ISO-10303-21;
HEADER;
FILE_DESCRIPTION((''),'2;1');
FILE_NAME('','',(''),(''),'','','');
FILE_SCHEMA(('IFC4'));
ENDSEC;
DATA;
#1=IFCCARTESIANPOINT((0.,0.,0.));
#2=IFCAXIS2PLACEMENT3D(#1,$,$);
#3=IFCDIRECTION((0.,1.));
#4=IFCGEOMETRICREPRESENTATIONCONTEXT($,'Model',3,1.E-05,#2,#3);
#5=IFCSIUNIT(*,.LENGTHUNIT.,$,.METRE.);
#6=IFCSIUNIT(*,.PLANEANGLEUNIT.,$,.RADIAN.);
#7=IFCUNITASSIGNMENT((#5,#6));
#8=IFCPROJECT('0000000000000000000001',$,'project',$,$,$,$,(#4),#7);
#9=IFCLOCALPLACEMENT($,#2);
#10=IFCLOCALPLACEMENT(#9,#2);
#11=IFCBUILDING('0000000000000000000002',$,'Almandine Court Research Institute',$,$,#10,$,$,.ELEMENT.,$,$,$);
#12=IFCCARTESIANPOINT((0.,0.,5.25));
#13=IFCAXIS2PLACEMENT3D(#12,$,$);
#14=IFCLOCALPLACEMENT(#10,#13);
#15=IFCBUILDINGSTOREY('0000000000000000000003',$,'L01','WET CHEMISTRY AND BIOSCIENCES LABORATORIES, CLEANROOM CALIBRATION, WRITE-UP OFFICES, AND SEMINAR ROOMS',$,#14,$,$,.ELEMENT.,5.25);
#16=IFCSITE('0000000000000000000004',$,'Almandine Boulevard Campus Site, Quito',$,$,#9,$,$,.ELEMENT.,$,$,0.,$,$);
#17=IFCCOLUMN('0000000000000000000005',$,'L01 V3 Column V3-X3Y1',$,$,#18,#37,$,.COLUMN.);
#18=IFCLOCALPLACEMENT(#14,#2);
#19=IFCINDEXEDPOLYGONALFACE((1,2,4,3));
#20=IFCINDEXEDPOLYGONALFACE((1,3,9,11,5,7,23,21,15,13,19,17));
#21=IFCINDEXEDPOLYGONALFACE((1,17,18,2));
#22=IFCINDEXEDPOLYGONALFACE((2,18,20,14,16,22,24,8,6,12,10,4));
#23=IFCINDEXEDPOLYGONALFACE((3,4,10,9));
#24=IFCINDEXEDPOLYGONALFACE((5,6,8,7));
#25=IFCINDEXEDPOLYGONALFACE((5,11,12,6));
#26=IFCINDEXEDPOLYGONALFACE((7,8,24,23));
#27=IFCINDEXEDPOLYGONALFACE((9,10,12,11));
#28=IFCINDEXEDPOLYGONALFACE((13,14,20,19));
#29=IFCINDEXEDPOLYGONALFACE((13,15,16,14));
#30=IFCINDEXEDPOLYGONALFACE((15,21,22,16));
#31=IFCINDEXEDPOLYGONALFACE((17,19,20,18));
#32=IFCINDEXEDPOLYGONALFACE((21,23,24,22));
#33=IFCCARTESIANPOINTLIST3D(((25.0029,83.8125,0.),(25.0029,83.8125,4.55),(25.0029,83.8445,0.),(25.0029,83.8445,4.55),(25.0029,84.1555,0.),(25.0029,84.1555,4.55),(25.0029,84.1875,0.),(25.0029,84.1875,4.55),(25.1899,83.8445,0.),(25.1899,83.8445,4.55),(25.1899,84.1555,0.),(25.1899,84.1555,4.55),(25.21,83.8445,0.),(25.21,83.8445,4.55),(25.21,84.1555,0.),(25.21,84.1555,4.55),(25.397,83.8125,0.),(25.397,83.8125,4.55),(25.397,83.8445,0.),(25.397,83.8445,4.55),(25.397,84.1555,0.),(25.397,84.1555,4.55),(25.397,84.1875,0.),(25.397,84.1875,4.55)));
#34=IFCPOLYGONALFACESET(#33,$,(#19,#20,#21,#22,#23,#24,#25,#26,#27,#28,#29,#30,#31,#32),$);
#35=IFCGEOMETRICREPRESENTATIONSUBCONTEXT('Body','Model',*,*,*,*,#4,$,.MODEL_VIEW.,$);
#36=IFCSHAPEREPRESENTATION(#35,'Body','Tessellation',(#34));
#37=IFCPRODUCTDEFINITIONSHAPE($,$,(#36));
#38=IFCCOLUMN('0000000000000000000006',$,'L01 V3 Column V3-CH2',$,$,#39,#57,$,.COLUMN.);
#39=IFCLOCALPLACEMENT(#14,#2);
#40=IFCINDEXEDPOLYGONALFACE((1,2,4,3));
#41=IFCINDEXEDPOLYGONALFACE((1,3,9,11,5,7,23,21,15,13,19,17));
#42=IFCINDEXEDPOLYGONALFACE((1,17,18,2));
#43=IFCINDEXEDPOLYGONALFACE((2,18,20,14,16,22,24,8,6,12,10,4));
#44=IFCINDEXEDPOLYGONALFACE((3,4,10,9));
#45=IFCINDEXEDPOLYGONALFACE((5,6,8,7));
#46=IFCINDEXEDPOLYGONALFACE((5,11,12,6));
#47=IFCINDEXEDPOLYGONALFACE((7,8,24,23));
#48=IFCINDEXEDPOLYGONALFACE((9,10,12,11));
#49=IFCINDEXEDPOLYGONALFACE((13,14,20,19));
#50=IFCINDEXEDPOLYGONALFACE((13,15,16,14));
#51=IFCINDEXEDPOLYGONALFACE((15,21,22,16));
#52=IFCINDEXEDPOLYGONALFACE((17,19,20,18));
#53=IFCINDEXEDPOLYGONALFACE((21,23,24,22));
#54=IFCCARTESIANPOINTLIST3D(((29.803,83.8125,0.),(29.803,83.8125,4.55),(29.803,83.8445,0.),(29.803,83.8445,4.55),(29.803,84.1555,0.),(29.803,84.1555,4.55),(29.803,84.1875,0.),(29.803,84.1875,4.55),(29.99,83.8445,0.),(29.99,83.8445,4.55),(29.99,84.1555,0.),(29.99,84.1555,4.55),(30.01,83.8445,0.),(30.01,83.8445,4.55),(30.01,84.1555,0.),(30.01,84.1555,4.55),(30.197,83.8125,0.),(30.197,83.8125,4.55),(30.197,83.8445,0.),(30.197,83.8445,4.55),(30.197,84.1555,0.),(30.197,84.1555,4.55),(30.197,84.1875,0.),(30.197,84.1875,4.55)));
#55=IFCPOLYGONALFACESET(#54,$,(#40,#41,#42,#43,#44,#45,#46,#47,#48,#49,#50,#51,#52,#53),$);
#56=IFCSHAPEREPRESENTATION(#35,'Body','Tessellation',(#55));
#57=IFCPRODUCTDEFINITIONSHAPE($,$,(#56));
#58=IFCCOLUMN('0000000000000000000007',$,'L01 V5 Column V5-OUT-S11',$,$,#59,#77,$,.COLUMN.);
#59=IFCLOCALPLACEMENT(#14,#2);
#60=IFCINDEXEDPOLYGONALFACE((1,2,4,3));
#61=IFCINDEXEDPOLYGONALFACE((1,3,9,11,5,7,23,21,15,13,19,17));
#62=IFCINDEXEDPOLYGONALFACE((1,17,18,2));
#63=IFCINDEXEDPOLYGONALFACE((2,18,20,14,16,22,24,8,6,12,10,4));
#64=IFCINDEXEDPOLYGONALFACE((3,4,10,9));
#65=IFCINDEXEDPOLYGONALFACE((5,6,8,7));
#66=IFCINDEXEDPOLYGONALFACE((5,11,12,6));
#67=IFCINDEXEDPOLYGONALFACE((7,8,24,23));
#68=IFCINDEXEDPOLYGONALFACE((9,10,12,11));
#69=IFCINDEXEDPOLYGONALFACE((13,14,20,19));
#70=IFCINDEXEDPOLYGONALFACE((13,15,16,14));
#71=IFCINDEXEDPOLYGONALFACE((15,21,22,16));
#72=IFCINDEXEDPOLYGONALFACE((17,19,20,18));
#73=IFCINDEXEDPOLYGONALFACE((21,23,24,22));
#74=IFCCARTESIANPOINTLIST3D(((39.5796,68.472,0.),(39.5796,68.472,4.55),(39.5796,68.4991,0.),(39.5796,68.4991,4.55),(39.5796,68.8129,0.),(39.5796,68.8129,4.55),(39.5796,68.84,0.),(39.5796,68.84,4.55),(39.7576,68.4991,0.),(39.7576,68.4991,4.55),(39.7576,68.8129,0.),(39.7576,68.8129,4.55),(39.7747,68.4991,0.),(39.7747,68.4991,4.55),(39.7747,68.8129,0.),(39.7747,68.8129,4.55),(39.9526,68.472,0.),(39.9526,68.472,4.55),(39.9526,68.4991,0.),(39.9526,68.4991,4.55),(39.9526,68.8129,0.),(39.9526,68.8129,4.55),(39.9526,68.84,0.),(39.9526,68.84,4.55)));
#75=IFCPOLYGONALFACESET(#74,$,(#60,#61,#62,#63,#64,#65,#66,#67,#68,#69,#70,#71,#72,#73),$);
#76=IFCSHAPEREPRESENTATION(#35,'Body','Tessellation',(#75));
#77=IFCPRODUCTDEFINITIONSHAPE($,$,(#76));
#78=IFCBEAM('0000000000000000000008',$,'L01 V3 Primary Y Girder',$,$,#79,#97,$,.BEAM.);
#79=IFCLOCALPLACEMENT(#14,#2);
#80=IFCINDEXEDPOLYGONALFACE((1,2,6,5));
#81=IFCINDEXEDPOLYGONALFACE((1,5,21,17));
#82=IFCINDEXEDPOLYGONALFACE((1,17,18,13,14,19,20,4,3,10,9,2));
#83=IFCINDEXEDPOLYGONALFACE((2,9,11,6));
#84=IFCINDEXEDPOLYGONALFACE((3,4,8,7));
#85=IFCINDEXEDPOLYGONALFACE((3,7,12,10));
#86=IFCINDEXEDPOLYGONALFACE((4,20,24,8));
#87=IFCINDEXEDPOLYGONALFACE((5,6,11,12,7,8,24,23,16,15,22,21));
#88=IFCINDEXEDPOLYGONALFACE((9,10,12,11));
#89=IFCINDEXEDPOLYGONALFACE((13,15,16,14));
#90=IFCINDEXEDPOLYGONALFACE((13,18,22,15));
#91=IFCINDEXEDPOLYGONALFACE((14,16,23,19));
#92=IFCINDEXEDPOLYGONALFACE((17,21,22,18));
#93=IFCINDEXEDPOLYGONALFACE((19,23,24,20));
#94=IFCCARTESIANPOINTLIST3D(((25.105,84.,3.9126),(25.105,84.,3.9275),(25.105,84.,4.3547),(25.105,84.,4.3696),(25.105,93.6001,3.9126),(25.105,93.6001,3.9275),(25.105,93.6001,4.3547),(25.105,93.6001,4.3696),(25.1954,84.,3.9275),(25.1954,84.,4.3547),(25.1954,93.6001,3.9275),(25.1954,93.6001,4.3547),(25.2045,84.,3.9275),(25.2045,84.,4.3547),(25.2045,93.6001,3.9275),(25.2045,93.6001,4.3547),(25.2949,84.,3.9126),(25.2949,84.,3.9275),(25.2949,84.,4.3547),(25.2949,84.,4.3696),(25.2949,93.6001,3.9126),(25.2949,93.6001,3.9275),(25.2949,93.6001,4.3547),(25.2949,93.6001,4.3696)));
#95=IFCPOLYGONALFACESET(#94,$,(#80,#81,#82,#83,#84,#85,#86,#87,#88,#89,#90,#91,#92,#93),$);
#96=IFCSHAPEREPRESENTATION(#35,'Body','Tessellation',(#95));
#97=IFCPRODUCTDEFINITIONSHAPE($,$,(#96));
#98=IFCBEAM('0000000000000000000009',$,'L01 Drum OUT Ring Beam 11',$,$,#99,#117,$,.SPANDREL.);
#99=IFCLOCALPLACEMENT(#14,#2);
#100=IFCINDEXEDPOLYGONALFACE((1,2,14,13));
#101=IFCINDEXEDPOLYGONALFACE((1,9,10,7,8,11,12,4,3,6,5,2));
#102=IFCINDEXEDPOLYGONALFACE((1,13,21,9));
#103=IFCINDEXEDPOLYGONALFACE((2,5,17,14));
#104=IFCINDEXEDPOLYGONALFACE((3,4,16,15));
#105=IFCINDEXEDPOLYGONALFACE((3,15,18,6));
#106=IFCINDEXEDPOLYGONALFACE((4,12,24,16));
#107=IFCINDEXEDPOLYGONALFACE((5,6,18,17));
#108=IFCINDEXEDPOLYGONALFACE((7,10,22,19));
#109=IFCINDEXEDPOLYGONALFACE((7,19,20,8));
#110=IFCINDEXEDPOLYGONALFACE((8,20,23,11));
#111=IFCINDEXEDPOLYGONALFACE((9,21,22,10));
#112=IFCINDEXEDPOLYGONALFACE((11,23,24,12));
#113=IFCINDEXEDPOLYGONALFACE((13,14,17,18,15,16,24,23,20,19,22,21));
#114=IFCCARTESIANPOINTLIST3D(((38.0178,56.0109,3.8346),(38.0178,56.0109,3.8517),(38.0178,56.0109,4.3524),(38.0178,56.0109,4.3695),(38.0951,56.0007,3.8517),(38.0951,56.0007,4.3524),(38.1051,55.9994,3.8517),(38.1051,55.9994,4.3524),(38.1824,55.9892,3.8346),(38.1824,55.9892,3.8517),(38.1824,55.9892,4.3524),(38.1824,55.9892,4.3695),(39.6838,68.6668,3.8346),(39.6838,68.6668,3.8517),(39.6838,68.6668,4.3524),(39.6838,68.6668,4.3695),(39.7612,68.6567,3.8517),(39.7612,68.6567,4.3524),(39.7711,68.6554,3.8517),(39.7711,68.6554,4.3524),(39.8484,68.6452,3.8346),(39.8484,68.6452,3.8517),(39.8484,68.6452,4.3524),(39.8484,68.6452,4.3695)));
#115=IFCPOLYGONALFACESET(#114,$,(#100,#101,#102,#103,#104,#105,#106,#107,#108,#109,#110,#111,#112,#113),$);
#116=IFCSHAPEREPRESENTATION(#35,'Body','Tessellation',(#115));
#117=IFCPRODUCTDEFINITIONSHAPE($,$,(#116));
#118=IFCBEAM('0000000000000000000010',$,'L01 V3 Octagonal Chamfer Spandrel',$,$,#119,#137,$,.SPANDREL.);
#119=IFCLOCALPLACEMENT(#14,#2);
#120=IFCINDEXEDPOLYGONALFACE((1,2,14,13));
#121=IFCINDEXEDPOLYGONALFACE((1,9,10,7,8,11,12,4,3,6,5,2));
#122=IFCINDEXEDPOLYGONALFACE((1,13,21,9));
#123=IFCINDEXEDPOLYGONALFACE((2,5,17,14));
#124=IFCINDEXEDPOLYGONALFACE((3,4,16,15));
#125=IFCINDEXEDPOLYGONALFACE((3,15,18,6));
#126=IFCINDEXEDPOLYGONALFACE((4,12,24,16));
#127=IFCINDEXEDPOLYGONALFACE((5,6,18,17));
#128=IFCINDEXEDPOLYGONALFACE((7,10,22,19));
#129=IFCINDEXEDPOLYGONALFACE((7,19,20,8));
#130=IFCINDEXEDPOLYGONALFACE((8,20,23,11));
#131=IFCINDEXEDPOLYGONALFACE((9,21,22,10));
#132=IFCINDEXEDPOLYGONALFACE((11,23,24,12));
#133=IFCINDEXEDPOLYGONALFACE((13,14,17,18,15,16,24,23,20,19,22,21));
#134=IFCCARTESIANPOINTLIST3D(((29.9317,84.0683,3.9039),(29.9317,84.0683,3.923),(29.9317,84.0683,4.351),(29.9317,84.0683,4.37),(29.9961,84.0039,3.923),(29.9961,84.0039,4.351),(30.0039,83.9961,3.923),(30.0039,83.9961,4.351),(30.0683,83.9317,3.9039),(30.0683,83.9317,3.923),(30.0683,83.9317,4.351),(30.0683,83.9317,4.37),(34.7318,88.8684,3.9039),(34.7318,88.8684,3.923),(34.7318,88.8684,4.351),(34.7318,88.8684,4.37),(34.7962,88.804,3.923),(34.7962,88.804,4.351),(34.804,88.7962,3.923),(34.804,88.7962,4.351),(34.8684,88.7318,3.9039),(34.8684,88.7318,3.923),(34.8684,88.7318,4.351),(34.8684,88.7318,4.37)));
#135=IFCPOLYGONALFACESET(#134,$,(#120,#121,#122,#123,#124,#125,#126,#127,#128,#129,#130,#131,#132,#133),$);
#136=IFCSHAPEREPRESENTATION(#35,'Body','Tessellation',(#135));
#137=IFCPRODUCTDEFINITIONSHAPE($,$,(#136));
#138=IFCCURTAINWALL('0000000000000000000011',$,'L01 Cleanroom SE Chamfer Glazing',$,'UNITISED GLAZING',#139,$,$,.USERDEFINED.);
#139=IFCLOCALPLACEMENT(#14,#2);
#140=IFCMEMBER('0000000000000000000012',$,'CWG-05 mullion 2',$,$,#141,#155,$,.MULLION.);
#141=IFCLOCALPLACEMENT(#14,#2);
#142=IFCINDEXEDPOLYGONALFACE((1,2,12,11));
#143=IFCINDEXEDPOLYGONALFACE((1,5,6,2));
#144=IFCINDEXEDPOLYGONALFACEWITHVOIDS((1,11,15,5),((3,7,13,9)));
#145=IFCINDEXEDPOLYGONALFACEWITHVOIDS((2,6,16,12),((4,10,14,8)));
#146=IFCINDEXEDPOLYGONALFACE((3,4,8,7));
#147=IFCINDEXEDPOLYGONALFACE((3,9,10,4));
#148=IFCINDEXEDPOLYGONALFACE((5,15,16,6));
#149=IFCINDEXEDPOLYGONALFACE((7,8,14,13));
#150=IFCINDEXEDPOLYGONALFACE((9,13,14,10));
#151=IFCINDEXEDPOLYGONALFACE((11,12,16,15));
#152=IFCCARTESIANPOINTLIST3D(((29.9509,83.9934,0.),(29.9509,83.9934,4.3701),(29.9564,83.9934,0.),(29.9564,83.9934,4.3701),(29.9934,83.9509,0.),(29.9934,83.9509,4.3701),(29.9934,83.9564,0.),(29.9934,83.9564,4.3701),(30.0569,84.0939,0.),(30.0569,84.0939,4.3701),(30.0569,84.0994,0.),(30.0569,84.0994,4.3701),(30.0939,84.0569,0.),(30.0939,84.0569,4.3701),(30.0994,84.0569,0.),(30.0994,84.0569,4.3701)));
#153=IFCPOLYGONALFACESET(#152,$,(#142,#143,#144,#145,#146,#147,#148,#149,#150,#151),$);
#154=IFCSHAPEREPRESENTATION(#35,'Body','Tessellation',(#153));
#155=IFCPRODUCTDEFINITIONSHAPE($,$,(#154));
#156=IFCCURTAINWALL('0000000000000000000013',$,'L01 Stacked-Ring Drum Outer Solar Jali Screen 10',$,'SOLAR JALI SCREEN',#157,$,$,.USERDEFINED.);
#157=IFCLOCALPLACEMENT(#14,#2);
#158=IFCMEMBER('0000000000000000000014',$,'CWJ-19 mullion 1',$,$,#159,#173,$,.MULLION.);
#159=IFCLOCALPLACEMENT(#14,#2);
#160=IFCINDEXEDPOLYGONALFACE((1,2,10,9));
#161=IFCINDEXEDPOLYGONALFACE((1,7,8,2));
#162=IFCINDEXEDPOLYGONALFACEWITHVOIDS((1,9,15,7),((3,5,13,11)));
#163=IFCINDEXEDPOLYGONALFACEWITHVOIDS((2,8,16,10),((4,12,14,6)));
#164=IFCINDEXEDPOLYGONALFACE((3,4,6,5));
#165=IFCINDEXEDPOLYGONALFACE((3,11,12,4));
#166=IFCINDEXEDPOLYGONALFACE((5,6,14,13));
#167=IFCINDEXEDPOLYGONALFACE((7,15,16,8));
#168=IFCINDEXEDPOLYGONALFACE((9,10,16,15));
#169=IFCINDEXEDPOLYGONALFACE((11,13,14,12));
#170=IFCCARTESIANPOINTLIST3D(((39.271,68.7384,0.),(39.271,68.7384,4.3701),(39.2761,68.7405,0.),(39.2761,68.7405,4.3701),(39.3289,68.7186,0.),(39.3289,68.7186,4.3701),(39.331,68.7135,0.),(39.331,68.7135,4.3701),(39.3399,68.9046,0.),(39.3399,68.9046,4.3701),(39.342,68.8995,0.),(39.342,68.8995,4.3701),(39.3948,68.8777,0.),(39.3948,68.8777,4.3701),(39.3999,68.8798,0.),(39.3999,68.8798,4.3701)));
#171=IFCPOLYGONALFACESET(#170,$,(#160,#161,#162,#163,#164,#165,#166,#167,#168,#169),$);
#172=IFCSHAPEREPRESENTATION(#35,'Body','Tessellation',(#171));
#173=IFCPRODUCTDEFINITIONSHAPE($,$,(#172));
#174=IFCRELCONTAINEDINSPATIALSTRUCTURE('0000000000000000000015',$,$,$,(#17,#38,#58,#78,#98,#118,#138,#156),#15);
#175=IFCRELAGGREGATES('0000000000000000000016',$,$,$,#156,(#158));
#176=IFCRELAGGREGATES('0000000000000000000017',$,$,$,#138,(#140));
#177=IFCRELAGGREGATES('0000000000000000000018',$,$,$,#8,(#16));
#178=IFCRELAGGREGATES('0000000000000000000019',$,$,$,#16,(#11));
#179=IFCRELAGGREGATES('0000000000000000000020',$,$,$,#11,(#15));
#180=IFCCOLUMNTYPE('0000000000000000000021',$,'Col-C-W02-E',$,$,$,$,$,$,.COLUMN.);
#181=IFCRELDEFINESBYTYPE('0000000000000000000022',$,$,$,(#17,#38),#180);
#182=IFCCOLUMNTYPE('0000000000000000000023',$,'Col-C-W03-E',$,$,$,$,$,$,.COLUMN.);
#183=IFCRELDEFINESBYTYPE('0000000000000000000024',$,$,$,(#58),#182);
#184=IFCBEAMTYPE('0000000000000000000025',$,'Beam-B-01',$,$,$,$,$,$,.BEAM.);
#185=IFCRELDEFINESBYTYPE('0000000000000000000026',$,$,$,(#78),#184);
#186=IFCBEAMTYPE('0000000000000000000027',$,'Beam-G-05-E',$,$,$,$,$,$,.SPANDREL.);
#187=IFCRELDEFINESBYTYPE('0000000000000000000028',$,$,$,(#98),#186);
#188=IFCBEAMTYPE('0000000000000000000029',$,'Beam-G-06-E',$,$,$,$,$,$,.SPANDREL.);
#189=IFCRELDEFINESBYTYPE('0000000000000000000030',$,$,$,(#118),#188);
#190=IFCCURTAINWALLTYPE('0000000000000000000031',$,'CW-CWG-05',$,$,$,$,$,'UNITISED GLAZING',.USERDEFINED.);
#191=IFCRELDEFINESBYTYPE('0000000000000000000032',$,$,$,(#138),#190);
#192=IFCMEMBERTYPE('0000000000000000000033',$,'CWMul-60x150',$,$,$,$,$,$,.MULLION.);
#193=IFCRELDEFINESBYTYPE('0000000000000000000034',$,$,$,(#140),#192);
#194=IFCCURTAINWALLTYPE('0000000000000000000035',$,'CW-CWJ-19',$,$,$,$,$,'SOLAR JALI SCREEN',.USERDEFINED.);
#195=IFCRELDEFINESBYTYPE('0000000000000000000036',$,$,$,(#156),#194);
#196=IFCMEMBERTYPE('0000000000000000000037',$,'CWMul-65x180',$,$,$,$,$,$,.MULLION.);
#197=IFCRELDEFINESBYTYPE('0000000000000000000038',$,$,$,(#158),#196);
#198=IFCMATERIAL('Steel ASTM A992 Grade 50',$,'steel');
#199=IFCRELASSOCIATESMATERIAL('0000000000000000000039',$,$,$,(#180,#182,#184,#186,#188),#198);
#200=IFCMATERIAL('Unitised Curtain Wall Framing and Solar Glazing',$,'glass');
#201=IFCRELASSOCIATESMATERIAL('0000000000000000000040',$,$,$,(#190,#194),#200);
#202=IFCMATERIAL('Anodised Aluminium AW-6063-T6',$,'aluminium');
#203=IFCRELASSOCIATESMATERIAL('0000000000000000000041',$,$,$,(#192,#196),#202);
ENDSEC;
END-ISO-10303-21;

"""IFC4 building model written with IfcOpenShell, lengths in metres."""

from ifc_helpers import new_model, si_unit, direction, frame, origin, origin_2d, place, context, subcontext, project, spatial, hollow_rectangle, i_section, extrude, material, material_profile, profile_set, type_object, element, aggregate, save


model = new_model("IFC4")

# Units and contexts
model_context = context("Model", 3, precision=1e-05, world=origin(), true_north=direction((0.0, 1.0)))
body_context = subcontext(model_context, "Body", "Model", "MODEL_VIEW")
ifc_project = project(units=[si_unit("LENGTHUNIT", "METRE"), si_unit("PLANEANGLEUNIT", "RADIAN")], contexts=[model_context])

# Site, building, storey
site_placement = place(None, origin())
site = spatial("IfcSite", under=ifc_project, at=site_placement, Name="Almandine Boulevard Campus Site, Quito", CompositionType="ELEMENT", RefElevation=0.0)
building_placement = place(site_placement, origin())
building = spatial("IfcBuilding", under=site, at=building_placement, Name="Almandine Court Research Institute", CompositionType="ELEMENT")
storey_placement = place(building_placement, frame((0.0, 0.0, 5.25)))
storey = spatial("IfcBuildingStorey", under=building, at=storey_placement, Name="L01", Description="WET CHEMISTRY AND BIOSCIENCES LABORATORIES, CLEANROOM CALIBRATION, WRITE-UP OFFICES, AND SEMINAR ROOMS", CompositionType="ELEMENT", Elevation=5.25)

# Columns
ifc_material_1 = material(Name="Steel ASTM A992 Grade 50", Category="steel")
ifc_material_profile_1 = material_profile(ifc_material_1, i_section(OverallWidth=0.394, OverallDepth=0.375, WebThickness=0.02, FlangeThickness=0.032, at=origin_2d()), Name="W360x216")
ifc_profile_set_1 = profile_set([ifc_material_profile_1], Name="Steel ASTM A992 Grade 50")
column_type_1 = type_object("IfcColumnType", Name="Col-C-W02-E", PredefinedType="COLUMN", material=ifc_profile_set_1)
for number, where, z_axis, x_axis, name in (
    (1, (25.2, 84.0, 0.0), (0.0, 0.0, 1.0), (1.0, 0.0, 0.0), "L01 V3 Column V3-X3Y1"),
    (2, (30.0, 84.0, 0.0), (0.0, 0.0, 1.0), (1.0, 0.0, 0.0), "L01 V3 Column V3-CH2"),
):
    element("IfcColumn", number, at=place(storey_placement, frame(where, z_axis=z_axis, x_axis=x_axis)), inside=storey, type_object=column_type_1, Name=name, PredefinedType="COLUMN", context=body_context, shape_type="SweptSolid", body=[
        extrude(i_section(OverallWidth=0.394, OverallDepth=0.375, WebThickness=0.02, FlangeThickness=0.032, at=origin_2d()), origin(), (0.0, 0.0, 1.0), 4.55),
    ])
ifc_material_profile_2 = material_profile(ifc_material_1, i_section(OverallWidth=0.373, OverallDepth=0.3679, WebThickness=0.0171, FlangeThickness=0.0271, at=origin_2d()), Name="W360x179")
ifc_profile_set_2 = profile_set([ifc_material_profile_2], Name="Steel ASTM A992 Grade 50")
column_type_2 = type_object("IfcColumnType", Name="Col-C-W03-E", PredefinedType="COLUMN", material=ifc_profile_set_2)
column_placement = place(storey_placement, frame((39.7661, 68.656, 0.0), z_axis=(0.0, 0.0, 1.0), x_axis=(1.0, 0.0, 0.0)))
element("IfcColumn", 3, at=column_placement, inside=storey, type_object=column_type_2, Name="L01 V5 Column V5-OUT-S11", PredefinedType="COLUMN", context=body_context, shape_type="SweptSolid", body=[
    extrude(i_section(OverallWidth=0.373, OverallDepth=0.3679, WebThickness=0.0171, FlangeThickness=0.0271, at=origin_2d()), origin(), (0.0, 0.0, 1.0), 4.55),
])

# Beams
ifc_material_profile_3 = material_profile(ifc_material_1, i_section(OverallWidth=0.1899, OverallDepth=0.457, WebThickness=0.009, FlangeThickness=0.0149, at=origin_2d()), Name="W460x74")
ifc_profile_set_3 = profile_set([ifc_material_profile_3], Name="Steel ASTM A992 Grade 50")
beam_type_1 = type_object("IfcBeamType", Name="Beam-B-01", PredefinedType="BEAM", material=ifc_profile_set_3)
beam_1_placement = place(storey_placement, frame((25.2, 84.0, 4.1411), z_axis=(0.0, 1.0, 0.0), x_axis=(-1.0, 0.0, 0.0)))
element("IfcBeam", 4, at=beam_1_placement, inside=storey, type_object=beam_type_1, Name="L01 V3 Primary Y Girder", PredefinedType="BEAM", context=body_context, shape_type="SweptSolid", body=[
    extrude(i_section(OverallWidth=0.1899, OverallDepth=0.457, WebThickness=0.009, FlangeThickness=0.0149, at=origin_2d()), origin(), (0.0, 0.0, 1.0), 9.6001),
])
ifc_material_profile_4 = material_profile(ifc_material_1, i_section(OverallWidth=0.166, OverallDepth=0.5349, WebThickness=0.01, FlangeThickness=0.0171, at=origin_2d()), Name="W530x85")
ifc_profile_set_4 = profile_set([ifc_material_profile_4], Name="Steel ASTM A992 Grade 50")
beam_type_2 = type_object("IfcBeamType", Name="Beam-G-05-E", PredefinedType="SPANDREL", material=ifc_profile_set_4)
beam_2_placement = place(storey_placement, frame((39.7661, 68.656, 4.1021), z_axis=(-0.130512, -0.991447, 0.0), x_axis=(0.991447, -0.130512, 0.0)))
element("IfcBeam", 5, at=beam_2_placement, inside=storey, type_object=beam_type_2, Name="L01 Drum OUT Ring Beam 11", PredefinedType="SPANDREL", context=body_context, shape_type="SweptSolid", body=[
    extrude(i_section(OverallWidth=0.166, OverallDepth=0.5349, WebThickness=0.01, FlangeThickness=0.0171, at=origin_2d()), origin(), (0.0, 0.0, 1.0), 12.7651),
])
ifc_material_profile_5 = material_profile(ifc_material_1, i_section(OverallWidth=0.1931, OverallDepth=0.4661, WebThickness=0.011, FlangeThickness=0.019, at=origin_2d()), Name="W460x97")
ifc_profile_set_5 = profile_set([ifc_material_profile_5], Name="Steel ASTM A992 Grade 50")
beam_type_3 = type_object("IfcBeamType", Name="Beam-G-06-E", PredefinedType="SPANDREL", material=ifc_profile_set_5)
beam_3_placement = place(storey_placement, frame((30.0, 84.0, 4.137), z_axis=(0.707107, 0.707107, 0.0), x_axis=(-0.707107, 0.707107, 0.0)))
element("IfcBeam", 6, at=beam_3_placement, inside=storey, type_object=beam_type_3, Name="L01 V3 Octagonal Chamfer Spandrel", PredefinedType="SPANDREL", context=body_context, shape_type="SweptSolid", body=[
    extrude(i_section(OverallWidth=0.1931, OverallDepth=0.4661, WebThickness=0.011, FlangeThickness=0.019, at=origin_2d()), origin(), (0.0, 0.0, 1.0), 6.7883),
])

# Curtain walls, members
ifc_material_2 = material(Name="Unitised Curtain Wall Framing and Solar Glazing", Category="glass")
curtain_wall_type_1 = type_object("IfcCurtainWallType", Name="CW-CWG-05", ElementType="UNITISED GLAZING", PredefinedType="USERDEFINED", material=ifc_material_2)
curtain_wall_1_placement = place(storey_placement, origin())
curtain_wall_1 = element("IfcCurtainWall", 7, at=curtain_wall_1_placement, inside=storey, type_object=curtain_wall_type_1, Name="L01 Cleanroom SE Chamfer Glazing", ObjectType="UNITISED GLAZING", PredefinedType="USERDEFINED")
ifc_material_3 = material(Name="Anodised Aluminium AW-6063-T6", Category="aluminium")
ifc_material_profile_6 = material_profile(ifc_material_3, hollow_rectangle(XDim=0.0601, YDim=0.1499, WallThickness=0.0039, at=origin_2d()), Name="ALU RHS 60x150x4")
ifc_profile_set_6 = profile_set([ifc_material_profile_6], Name="Anodised Aluminium AW-6063-T6")
member_type_1 = type_object("IfcMemberType", Name="CWMul-60x150", PredefinedType="MULLION", material=ifc_profile_set_6)
member_1_placement = place(storey_placement, frame((30.0251, 84.0251, 0.0), z_axis=(0.0, 0.0, 1.0), x_axis=(0.707107, -0.707107, 0.0)))
member_1 = element("IfcMember", 8, at=member_1_placement, type_object=member_type_1, Name="CWG-05 mullion 2", PredefinedType="MULLION", context=body_context, shape_type="SweptSolid", body=[
    extrude(hollow_rectangle(XDim=0.0601, YDim=0.1499, WallThickness=0.0039, at=origin_2d()), origin(), (0.0, 0.0, 1.0), 4.3701),
])
curtain_wall_type_2 = type_object("IfcCurtainWallType", Name="CW-CWJ-19", ElementType="SOLAR JALI SCREEN", PredefinedType="USERDEFINED", material=ifc_material_2)
curtain_wall_2_placement = place(storey_placement, origin())
curtain_wall_2 = element("IfcCurtainWall", 9, at=curtain_wall_2_placement, inside=storey, type_object=curtain_wall_type_2, Name="L01 Stacked-Ring Drum Outer Solar Jali Screen 10", ObjectType="SOLAR JALI SCREEN", PredefinedType="USERDEFINED")
ifc_material_profile_7 = material_profile(ifc_material_3, hollow_rectangle(XDim=0.0649, YDim=0.1799, WallThickness=0.0039, at=origin_2d()), Name="ALU RHS 65x180x4")
ifc_profile_set_7 = profile_set([ifc_material_profile_7], Name="Anodised Aluminium AW-6063-T6")
member_type_2 = type_object("IfcMemberType", Name="CWMul-65x180", PredefinedType="MULLION", material=ifc_profile_set_7)
member_2_placement = place(storey_placement, frame((39.3354, 68.8091, 0.0), z_axis=(0.0, 0.0, 1.0), x_axis=(-0.923888, 0.382663, 0.0)))
member_2 = element("IfcMember", 10, at=member_2_placement, type_object=member_type_2, Name="CWJ-19 mullion 1", PredefinedType="MULLION", context=body_context, shape_type="SweptSolid", body=[
    extrude(hollow_rectangle(XDim=0.0649, YDim=0.1799, WallThickness=0.0039, at=origin_2d()), origin(), (0.0, 0.0, 1.0), 4.3701),
])

aggregate(curtain_wall_2, [member_2])

aggregate(curtain_wall_1, [member_1])

save(model, "model.ifc")
